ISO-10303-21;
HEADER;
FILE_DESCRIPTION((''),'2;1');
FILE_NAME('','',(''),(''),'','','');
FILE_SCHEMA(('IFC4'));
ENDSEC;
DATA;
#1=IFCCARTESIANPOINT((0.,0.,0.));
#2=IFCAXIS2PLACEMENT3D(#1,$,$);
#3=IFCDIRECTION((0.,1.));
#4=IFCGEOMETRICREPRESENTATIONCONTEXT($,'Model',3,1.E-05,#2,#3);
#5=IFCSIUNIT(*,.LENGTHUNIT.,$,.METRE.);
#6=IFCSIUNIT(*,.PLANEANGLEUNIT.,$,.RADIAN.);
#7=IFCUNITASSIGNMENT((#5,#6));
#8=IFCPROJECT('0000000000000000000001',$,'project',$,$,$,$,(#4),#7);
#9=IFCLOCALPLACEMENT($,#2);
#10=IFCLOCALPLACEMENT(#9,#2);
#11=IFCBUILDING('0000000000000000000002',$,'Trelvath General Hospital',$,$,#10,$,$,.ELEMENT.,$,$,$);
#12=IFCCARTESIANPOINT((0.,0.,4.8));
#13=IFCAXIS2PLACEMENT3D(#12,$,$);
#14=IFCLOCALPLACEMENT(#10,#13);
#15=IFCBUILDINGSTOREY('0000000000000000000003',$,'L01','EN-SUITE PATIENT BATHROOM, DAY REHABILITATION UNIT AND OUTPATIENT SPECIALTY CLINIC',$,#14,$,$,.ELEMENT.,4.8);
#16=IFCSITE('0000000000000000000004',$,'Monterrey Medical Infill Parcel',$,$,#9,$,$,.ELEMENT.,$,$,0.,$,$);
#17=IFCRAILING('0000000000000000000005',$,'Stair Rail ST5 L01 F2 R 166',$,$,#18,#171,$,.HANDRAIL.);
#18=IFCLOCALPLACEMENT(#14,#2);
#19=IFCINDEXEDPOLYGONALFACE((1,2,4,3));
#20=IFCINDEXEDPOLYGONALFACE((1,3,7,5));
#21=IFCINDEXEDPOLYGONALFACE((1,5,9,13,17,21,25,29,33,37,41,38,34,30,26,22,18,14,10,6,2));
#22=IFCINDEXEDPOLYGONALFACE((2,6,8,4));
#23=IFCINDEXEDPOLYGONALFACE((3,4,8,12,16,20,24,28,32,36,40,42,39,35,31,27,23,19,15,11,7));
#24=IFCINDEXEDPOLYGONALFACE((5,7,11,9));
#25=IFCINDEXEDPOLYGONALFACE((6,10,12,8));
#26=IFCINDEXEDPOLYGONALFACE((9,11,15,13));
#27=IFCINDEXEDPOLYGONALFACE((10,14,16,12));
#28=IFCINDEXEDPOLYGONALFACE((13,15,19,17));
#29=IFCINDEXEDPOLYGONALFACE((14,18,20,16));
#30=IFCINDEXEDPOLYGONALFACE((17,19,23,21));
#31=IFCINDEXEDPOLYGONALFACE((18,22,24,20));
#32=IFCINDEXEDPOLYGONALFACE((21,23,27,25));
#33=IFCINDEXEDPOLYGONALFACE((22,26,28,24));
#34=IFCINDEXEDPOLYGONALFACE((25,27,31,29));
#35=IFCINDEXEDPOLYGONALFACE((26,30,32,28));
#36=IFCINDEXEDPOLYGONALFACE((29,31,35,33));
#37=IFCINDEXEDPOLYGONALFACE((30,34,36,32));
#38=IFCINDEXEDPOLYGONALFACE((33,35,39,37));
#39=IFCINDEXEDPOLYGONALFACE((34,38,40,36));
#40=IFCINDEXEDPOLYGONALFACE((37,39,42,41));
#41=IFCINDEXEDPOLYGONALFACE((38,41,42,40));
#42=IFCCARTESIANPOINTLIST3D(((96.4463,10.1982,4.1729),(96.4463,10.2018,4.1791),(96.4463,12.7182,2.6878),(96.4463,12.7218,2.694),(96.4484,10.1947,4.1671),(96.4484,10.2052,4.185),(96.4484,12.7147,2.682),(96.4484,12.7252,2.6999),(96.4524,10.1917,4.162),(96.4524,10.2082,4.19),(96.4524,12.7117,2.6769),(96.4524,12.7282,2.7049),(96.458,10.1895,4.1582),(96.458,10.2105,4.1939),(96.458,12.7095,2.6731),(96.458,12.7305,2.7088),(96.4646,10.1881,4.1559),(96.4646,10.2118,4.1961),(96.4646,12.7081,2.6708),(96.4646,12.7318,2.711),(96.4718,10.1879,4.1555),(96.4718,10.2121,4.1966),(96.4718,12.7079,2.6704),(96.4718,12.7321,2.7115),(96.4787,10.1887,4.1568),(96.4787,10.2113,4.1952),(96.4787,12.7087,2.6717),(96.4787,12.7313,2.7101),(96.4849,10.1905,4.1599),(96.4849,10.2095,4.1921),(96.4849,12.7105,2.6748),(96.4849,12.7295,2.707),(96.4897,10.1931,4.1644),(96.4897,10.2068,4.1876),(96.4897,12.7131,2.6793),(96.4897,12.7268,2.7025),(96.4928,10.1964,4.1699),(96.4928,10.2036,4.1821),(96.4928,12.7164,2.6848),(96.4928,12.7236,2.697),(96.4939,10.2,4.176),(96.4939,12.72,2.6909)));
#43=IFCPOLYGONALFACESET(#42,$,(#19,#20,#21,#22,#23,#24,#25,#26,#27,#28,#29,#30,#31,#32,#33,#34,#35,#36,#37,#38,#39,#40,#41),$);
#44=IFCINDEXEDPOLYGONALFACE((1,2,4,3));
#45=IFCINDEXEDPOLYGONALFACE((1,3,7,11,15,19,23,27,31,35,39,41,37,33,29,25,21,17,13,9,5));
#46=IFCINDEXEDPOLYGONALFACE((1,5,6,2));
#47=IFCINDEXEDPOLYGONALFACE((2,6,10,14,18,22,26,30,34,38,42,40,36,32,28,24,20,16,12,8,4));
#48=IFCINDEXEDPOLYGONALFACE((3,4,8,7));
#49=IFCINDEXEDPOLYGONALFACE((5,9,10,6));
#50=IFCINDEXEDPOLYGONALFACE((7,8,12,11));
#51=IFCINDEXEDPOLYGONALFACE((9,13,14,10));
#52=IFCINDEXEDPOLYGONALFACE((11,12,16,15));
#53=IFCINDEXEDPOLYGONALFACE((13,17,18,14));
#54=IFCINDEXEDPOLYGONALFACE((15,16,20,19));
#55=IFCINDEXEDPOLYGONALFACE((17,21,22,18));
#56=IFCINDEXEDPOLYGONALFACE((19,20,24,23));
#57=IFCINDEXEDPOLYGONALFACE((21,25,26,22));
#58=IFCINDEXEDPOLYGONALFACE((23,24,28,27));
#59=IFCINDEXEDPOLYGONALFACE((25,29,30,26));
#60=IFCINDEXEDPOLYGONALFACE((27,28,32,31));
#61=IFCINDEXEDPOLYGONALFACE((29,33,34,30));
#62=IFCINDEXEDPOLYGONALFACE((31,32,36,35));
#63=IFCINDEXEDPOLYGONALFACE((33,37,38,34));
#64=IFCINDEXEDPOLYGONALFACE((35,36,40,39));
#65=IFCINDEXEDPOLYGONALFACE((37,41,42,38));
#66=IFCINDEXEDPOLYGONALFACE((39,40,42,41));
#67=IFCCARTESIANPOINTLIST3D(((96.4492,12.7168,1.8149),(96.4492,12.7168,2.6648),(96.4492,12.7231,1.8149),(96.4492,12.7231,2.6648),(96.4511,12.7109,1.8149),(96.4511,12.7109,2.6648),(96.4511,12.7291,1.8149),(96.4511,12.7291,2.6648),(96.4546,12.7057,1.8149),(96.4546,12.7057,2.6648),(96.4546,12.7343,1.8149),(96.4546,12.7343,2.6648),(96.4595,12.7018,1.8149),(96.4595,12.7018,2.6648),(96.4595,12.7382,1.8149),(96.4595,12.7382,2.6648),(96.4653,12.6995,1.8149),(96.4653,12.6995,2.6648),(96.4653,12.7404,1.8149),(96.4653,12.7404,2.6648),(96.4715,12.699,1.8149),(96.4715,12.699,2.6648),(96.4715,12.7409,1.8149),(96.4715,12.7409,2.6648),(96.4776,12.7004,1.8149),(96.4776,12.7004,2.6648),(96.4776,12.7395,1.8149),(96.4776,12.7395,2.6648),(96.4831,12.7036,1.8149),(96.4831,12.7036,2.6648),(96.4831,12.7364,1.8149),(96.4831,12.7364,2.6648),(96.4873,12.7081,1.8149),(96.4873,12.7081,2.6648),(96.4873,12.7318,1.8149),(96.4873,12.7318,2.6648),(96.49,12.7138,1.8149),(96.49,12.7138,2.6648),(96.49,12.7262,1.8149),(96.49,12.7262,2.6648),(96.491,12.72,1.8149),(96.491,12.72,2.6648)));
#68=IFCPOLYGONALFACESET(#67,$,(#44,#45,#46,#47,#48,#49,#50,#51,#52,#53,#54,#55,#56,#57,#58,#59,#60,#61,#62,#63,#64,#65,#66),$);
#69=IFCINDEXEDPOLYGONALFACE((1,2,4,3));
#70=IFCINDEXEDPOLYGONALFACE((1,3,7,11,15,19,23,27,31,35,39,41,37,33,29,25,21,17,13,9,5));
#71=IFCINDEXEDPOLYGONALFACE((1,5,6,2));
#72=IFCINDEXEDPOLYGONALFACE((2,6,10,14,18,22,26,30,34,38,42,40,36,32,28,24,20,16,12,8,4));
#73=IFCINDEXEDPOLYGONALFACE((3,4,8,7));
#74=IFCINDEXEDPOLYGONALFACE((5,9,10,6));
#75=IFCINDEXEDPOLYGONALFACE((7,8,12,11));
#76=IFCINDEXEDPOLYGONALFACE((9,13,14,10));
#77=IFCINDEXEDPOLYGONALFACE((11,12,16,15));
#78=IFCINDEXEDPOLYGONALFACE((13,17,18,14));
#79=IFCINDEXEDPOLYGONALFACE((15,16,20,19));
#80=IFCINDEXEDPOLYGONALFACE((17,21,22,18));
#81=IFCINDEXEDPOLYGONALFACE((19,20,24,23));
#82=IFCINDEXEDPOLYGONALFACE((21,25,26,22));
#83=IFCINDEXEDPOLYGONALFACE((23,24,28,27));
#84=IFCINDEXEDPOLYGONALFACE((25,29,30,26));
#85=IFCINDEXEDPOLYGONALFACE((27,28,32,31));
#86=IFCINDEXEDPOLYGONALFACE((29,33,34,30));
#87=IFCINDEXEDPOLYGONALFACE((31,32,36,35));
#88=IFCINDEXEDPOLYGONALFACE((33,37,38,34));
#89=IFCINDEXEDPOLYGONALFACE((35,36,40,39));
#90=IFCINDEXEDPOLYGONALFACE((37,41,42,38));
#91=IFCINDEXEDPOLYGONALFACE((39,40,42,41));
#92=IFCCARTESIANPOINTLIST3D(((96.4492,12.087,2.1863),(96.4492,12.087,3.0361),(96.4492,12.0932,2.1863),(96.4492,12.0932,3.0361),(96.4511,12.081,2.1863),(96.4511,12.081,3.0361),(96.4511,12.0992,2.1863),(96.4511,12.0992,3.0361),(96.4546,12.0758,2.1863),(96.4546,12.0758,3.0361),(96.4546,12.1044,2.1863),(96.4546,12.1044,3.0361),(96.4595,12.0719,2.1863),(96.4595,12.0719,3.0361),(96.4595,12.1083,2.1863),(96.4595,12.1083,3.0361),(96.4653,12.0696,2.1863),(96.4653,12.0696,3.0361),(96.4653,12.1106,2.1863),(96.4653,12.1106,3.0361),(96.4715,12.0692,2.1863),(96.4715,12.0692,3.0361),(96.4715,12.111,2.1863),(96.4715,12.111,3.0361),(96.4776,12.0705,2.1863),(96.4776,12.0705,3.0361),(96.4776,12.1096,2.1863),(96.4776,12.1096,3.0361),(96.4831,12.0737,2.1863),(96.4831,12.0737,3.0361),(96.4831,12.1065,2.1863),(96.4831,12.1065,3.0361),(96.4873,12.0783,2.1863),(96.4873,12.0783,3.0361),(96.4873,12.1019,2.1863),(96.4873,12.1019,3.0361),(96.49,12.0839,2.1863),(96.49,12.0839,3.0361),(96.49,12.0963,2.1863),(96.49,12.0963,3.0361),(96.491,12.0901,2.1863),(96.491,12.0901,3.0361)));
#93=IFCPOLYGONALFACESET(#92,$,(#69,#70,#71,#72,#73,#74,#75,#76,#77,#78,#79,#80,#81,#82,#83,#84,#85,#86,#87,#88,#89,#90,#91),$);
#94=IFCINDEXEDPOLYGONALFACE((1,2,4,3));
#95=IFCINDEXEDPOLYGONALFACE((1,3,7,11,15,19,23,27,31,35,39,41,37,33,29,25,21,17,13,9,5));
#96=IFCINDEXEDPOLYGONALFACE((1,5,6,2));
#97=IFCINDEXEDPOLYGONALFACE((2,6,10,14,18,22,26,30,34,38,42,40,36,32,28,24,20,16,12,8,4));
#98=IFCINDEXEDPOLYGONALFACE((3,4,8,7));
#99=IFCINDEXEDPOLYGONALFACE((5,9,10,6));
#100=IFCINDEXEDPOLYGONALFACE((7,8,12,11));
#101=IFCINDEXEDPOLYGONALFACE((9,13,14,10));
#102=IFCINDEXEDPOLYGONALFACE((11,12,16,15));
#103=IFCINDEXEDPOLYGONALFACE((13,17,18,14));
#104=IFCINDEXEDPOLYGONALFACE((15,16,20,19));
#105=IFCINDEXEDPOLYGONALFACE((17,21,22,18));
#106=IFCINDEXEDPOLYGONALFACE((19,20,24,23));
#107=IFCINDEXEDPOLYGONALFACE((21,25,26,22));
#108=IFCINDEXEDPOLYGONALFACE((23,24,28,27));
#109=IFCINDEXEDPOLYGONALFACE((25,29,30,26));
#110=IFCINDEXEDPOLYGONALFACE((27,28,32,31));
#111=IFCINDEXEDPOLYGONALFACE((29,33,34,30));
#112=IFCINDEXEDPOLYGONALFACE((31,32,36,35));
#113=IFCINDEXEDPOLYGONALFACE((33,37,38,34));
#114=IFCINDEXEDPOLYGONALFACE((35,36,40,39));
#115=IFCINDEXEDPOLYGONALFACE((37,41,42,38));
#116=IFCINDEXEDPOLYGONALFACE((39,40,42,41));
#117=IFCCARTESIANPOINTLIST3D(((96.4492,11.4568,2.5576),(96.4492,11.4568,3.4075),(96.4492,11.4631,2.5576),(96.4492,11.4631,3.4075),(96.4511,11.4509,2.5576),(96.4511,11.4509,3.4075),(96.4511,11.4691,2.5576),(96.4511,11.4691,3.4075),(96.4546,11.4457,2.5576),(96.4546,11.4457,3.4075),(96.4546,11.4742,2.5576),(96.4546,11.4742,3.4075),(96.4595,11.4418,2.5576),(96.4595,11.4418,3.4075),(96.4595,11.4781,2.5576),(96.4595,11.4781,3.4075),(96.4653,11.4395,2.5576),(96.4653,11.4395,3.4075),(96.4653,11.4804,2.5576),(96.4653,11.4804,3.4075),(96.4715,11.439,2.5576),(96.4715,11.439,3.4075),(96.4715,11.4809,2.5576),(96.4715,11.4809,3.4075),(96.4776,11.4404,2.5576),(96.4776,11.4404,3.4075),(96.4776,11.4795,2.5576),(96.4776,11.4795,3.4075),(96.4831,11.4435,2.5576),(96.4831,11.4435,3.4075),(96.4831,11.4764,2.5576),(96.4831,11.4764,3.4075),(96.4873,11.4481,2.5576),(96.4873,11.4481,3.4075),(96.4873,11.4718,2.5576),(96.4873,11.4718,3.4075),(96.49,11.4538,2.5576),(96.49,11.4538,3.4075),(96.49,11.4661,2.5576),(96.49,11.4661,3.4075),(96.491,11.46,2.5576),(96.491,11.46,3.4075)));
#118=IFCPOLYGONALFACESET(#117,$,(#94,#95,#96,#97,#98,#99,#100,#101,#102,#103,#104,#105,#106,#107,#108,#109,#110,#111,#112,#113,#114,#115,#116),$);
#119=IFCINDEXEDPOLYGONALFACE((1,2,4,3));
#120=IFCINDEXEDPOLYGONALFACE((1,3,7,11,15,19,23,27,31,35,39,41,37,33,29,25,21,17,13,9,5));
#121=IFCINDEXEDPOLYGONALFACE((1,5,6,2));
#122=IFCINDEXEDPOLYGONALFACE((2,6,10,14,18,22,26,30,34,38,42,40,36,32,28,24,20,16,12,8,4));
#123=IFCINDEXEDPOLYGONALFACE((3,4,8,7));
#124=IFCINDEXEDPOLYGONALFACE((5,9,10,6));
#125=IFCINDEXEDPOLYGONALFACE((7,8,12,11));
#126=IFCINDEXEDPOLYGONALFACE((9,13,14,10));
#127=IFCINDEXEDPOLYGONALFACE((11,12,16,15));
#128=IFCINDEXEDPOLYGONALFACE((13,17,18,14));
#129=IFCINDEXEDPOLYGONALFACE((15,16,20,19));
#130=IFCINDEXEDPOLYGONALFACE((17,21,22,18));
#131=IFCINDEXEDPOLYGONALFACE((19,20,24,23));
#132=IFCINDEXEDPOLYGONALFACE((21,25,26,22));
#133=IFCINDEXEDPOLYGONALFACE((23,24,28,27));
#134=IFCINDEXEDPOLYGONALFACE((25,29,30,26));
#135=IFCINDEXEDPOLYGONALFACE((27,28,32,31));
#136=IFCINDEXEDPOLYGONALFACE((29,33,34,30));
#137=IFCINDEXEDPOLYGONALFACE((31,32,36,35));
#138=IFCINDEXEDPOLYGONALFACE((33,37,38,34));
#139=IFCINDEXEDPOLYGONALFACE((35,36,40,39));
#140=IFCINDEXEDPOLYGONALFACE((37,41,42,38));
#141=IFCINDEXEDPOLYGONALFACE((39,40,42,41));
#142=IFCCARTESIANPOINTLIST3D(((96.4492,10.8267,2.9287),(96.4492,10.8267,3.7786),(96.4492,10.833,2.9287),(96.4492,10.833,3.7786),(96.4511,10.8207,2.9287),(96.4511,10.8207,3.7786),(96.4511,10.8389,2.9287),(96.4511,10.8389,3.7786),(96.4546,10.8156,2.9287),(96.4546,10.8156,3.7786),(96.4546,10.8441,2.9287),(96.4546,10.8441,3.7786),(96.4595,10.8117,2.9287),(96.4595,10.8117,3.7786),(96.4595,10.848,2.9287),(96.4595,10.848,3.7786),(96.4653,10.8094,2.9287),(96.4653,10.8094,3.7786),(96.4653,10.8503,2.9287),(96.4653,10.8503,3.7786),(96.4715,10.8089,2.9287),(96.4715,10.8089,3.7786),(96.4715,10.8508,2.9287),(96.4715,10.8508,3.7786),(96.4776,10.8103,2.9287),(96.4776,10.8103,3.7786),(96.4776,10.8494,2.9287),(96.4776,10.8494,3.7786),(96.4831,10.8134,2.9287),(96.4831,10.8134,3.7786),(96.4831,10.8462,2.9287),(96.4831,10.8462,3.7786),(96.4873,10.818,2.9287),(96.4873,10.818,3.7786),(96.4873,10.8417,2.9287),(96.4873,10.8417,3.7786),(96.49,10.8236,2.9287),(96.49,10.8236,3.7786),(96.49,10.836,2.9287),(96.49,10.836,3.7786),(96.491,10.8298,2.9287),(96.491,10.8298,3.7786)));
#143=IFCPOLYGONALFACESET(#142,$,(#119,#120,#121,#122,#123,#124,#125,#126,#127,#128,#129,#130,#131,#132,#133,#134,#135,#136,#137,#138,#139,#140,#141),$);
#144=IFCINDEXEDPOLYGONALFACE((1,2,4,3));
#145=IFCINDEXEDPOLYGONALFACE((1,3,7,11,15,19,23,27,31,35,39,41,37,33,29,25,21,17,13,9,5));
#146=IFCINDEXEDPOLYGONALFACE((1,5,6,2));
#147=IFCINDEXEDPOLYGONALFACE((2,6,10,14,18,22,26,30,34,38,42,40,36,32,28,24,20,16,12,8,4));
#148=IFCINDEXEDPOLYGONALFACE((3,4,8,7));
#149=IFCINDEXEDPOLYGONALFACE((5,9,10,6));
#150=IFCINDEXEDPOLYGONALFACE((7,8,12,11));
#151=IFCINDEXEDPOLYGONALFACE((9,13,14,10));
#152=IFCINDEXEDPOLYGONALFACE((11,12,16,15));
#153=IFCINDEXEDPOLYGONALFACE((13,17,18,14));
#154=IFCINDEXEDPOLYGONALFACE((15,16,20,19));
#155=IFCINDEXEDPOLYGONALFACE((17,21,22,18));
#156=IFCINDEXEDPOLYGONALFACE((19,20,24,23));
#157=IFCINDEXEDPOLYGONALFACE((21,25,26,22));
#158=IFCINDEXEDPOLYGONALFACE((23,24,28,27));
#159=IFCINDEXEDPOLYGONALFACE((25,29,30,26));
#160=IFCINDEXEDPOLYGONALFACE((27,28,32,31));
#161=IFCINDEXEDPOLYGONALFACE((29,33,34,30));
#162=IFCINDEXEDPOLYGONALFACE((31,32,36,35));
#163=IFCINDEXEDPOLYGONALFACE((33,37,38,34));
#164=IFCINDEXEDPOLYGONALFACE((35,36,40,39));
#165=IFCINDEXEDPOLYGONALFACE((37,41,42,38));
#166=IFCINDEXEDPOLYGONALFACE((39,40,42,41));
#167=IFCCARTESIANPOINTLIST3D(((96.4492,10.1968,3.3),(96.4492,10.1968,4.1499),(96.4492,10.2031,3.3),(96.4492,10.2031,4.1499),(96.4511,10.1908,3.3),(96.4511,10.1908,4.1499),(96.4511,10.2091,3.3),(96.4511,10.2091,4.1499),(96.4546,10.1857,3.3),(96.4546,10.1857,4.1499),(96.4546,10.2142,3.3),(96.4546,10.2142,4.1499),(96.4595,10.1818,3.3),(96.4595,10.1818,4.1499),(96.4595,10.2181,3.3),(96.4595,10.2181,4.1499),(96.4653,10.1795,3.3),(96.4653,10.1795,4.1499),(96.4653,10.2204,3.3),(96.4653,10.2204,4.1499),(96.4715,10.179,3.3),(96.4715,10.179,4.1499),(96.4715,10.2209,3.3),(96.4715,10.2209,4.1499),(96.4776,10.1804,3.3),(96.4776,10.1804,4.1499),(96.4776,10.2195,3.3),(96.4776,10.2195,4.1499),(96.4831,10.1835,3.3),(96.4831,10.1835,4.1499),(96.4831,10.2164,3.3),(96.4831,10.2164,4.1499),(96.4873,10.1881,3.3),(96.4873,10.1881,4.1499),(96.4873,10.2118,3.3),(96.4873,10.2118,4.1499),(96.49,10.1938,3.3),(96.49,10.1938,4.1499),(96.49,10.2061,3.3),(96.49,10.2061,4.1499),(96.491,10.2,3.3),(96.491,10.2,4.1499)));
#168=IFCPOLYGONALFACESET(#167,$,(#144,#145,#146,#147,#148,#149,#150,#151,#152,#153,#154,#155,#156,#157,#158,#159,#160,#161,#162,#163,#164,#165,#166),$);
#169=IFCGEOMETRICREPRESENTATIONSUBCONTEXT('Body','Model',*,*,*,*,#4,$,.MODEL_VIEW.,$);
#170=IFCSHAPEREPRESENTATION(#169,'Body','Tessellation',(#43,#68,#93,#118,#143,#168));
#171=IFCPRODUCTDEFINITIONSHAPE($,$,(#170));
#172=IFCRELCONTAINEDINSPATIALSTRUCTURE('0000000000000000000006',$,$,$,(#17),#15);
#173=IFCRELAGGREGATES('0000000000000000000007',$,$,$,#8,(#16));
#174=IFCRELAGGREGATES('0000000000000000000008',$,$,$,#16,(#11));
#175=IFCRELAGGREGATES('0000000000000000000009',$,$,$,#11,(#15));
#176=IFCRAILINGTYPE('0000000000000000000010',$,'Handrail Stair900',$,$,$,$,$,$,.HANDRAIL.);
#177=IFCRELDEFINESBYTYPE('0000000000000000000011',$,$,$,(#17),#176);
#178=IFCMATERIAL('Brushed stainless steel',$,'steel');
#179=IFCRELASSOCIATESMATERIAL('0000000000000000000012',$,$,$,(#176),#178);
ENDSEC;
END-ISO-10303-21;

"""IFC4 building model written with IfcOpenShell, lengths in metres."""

from ifc_helpers import new_model, si_unit, direction, frame, origin, origin_2d, place, context, subcontext, project, spatial, circle, extrude, material, type_object, element, save


model = new_model("IFC4")

# Units and contexts
model_context = context("Model", 3, precision=1e-05, world=origin(), true_north=direction((0.0, 1.0)))
body_context = subcontext(model_context, "Body", "Model", "MODEL_VIEW")
ifc_project = project(units=[si_unit("LENGTHUNIT", "METRE"), si_unit("PLANEANGLEUNIT", "RADIAN")], contexts=[model_context])

# Site, building, storey
site_placement = place(None, origin())
site = spatial("IfcSite", under=ifc_project, at=site_placement, Name="Monterrey Medical Infill Parcel", CompositionType="ELEMENT", RefElevation=0.0)
building_placement = place(site_placement, origin())
building = spatial("IfcBuilding", under=site, at=building_placement, Name="Trelvath General Hospital", CompositionType="ELEMENT")
storey_placement = place(building_placement, frame((0.0, 0.0, 4.8)))
storey = spatial("IfcBuildingStorey", under=building, at=storey_placement, Name="L01", Description="EN-SUITE PATIENT BATHROOM, DAY REHABILITATION UNIT AND OUTPATIENT SPECIALTY CLINIC", CompositionType="ELEMENT", Elevation=4.8)

# Railing
ifc_material_1 = material(Name="Brushed stainless steel", Category="steel")
railing_type_1 = type_object("IfcRailingType", Name="Handrail Stair900", PredefinedType="HANDRAIL", material=ifc_material_1)
railing_1_placement = place(storey_placement, frame((96.47, 12.72, 1.8149)))
element("IfcRailing", 1, at=railing_1_placement, inside=storey, type_object=railing_type_1, Name="Stair Rail ST5 L01 F2 R 166", PredefinedType="HANDRAIL", context=body_context, shape_type="SweptSolid", body=[
    extrude(circle(Radius=0.0239, at=origin_2d()), frame((0.0, 0.0, 0.876), z_axis=(0.0, -0.861524, 0.507717), x_axis=(1.0, 0.0, 0.0)), (0.0, 0.0, 1.0), 2.925),
    extrude(circle(Radius=0.021, at=origin_2d()), origin(), (0.0, 0.0, 1.0), 0.8499),
    extrude(circle(Radius=0.021, at=origin_2d()), frame((0.0, -0.6299, 0.3713)), (0.0, 0.0, 1.0), 0.8499),
    extrude(circle(Radius=0.021, at=origin_2d()), frame((0.0, -1.26, 0.7427)), (0.0, 0.0, 1.0), 0.8499),
    extrude(circle(Radius=0.021, at=origin_2d()), frame((0.0, -1.8901, 1.1138)), (0.0, 0.0, 1.0), 0.8499),
    extrude(circle(Radius=0.021, at=origin_2d()), frame((0.0, -2.52, 1.4851)), (0.0, 0.0, 1.0), 0.8499),
])

save(model, "model.ifc")
